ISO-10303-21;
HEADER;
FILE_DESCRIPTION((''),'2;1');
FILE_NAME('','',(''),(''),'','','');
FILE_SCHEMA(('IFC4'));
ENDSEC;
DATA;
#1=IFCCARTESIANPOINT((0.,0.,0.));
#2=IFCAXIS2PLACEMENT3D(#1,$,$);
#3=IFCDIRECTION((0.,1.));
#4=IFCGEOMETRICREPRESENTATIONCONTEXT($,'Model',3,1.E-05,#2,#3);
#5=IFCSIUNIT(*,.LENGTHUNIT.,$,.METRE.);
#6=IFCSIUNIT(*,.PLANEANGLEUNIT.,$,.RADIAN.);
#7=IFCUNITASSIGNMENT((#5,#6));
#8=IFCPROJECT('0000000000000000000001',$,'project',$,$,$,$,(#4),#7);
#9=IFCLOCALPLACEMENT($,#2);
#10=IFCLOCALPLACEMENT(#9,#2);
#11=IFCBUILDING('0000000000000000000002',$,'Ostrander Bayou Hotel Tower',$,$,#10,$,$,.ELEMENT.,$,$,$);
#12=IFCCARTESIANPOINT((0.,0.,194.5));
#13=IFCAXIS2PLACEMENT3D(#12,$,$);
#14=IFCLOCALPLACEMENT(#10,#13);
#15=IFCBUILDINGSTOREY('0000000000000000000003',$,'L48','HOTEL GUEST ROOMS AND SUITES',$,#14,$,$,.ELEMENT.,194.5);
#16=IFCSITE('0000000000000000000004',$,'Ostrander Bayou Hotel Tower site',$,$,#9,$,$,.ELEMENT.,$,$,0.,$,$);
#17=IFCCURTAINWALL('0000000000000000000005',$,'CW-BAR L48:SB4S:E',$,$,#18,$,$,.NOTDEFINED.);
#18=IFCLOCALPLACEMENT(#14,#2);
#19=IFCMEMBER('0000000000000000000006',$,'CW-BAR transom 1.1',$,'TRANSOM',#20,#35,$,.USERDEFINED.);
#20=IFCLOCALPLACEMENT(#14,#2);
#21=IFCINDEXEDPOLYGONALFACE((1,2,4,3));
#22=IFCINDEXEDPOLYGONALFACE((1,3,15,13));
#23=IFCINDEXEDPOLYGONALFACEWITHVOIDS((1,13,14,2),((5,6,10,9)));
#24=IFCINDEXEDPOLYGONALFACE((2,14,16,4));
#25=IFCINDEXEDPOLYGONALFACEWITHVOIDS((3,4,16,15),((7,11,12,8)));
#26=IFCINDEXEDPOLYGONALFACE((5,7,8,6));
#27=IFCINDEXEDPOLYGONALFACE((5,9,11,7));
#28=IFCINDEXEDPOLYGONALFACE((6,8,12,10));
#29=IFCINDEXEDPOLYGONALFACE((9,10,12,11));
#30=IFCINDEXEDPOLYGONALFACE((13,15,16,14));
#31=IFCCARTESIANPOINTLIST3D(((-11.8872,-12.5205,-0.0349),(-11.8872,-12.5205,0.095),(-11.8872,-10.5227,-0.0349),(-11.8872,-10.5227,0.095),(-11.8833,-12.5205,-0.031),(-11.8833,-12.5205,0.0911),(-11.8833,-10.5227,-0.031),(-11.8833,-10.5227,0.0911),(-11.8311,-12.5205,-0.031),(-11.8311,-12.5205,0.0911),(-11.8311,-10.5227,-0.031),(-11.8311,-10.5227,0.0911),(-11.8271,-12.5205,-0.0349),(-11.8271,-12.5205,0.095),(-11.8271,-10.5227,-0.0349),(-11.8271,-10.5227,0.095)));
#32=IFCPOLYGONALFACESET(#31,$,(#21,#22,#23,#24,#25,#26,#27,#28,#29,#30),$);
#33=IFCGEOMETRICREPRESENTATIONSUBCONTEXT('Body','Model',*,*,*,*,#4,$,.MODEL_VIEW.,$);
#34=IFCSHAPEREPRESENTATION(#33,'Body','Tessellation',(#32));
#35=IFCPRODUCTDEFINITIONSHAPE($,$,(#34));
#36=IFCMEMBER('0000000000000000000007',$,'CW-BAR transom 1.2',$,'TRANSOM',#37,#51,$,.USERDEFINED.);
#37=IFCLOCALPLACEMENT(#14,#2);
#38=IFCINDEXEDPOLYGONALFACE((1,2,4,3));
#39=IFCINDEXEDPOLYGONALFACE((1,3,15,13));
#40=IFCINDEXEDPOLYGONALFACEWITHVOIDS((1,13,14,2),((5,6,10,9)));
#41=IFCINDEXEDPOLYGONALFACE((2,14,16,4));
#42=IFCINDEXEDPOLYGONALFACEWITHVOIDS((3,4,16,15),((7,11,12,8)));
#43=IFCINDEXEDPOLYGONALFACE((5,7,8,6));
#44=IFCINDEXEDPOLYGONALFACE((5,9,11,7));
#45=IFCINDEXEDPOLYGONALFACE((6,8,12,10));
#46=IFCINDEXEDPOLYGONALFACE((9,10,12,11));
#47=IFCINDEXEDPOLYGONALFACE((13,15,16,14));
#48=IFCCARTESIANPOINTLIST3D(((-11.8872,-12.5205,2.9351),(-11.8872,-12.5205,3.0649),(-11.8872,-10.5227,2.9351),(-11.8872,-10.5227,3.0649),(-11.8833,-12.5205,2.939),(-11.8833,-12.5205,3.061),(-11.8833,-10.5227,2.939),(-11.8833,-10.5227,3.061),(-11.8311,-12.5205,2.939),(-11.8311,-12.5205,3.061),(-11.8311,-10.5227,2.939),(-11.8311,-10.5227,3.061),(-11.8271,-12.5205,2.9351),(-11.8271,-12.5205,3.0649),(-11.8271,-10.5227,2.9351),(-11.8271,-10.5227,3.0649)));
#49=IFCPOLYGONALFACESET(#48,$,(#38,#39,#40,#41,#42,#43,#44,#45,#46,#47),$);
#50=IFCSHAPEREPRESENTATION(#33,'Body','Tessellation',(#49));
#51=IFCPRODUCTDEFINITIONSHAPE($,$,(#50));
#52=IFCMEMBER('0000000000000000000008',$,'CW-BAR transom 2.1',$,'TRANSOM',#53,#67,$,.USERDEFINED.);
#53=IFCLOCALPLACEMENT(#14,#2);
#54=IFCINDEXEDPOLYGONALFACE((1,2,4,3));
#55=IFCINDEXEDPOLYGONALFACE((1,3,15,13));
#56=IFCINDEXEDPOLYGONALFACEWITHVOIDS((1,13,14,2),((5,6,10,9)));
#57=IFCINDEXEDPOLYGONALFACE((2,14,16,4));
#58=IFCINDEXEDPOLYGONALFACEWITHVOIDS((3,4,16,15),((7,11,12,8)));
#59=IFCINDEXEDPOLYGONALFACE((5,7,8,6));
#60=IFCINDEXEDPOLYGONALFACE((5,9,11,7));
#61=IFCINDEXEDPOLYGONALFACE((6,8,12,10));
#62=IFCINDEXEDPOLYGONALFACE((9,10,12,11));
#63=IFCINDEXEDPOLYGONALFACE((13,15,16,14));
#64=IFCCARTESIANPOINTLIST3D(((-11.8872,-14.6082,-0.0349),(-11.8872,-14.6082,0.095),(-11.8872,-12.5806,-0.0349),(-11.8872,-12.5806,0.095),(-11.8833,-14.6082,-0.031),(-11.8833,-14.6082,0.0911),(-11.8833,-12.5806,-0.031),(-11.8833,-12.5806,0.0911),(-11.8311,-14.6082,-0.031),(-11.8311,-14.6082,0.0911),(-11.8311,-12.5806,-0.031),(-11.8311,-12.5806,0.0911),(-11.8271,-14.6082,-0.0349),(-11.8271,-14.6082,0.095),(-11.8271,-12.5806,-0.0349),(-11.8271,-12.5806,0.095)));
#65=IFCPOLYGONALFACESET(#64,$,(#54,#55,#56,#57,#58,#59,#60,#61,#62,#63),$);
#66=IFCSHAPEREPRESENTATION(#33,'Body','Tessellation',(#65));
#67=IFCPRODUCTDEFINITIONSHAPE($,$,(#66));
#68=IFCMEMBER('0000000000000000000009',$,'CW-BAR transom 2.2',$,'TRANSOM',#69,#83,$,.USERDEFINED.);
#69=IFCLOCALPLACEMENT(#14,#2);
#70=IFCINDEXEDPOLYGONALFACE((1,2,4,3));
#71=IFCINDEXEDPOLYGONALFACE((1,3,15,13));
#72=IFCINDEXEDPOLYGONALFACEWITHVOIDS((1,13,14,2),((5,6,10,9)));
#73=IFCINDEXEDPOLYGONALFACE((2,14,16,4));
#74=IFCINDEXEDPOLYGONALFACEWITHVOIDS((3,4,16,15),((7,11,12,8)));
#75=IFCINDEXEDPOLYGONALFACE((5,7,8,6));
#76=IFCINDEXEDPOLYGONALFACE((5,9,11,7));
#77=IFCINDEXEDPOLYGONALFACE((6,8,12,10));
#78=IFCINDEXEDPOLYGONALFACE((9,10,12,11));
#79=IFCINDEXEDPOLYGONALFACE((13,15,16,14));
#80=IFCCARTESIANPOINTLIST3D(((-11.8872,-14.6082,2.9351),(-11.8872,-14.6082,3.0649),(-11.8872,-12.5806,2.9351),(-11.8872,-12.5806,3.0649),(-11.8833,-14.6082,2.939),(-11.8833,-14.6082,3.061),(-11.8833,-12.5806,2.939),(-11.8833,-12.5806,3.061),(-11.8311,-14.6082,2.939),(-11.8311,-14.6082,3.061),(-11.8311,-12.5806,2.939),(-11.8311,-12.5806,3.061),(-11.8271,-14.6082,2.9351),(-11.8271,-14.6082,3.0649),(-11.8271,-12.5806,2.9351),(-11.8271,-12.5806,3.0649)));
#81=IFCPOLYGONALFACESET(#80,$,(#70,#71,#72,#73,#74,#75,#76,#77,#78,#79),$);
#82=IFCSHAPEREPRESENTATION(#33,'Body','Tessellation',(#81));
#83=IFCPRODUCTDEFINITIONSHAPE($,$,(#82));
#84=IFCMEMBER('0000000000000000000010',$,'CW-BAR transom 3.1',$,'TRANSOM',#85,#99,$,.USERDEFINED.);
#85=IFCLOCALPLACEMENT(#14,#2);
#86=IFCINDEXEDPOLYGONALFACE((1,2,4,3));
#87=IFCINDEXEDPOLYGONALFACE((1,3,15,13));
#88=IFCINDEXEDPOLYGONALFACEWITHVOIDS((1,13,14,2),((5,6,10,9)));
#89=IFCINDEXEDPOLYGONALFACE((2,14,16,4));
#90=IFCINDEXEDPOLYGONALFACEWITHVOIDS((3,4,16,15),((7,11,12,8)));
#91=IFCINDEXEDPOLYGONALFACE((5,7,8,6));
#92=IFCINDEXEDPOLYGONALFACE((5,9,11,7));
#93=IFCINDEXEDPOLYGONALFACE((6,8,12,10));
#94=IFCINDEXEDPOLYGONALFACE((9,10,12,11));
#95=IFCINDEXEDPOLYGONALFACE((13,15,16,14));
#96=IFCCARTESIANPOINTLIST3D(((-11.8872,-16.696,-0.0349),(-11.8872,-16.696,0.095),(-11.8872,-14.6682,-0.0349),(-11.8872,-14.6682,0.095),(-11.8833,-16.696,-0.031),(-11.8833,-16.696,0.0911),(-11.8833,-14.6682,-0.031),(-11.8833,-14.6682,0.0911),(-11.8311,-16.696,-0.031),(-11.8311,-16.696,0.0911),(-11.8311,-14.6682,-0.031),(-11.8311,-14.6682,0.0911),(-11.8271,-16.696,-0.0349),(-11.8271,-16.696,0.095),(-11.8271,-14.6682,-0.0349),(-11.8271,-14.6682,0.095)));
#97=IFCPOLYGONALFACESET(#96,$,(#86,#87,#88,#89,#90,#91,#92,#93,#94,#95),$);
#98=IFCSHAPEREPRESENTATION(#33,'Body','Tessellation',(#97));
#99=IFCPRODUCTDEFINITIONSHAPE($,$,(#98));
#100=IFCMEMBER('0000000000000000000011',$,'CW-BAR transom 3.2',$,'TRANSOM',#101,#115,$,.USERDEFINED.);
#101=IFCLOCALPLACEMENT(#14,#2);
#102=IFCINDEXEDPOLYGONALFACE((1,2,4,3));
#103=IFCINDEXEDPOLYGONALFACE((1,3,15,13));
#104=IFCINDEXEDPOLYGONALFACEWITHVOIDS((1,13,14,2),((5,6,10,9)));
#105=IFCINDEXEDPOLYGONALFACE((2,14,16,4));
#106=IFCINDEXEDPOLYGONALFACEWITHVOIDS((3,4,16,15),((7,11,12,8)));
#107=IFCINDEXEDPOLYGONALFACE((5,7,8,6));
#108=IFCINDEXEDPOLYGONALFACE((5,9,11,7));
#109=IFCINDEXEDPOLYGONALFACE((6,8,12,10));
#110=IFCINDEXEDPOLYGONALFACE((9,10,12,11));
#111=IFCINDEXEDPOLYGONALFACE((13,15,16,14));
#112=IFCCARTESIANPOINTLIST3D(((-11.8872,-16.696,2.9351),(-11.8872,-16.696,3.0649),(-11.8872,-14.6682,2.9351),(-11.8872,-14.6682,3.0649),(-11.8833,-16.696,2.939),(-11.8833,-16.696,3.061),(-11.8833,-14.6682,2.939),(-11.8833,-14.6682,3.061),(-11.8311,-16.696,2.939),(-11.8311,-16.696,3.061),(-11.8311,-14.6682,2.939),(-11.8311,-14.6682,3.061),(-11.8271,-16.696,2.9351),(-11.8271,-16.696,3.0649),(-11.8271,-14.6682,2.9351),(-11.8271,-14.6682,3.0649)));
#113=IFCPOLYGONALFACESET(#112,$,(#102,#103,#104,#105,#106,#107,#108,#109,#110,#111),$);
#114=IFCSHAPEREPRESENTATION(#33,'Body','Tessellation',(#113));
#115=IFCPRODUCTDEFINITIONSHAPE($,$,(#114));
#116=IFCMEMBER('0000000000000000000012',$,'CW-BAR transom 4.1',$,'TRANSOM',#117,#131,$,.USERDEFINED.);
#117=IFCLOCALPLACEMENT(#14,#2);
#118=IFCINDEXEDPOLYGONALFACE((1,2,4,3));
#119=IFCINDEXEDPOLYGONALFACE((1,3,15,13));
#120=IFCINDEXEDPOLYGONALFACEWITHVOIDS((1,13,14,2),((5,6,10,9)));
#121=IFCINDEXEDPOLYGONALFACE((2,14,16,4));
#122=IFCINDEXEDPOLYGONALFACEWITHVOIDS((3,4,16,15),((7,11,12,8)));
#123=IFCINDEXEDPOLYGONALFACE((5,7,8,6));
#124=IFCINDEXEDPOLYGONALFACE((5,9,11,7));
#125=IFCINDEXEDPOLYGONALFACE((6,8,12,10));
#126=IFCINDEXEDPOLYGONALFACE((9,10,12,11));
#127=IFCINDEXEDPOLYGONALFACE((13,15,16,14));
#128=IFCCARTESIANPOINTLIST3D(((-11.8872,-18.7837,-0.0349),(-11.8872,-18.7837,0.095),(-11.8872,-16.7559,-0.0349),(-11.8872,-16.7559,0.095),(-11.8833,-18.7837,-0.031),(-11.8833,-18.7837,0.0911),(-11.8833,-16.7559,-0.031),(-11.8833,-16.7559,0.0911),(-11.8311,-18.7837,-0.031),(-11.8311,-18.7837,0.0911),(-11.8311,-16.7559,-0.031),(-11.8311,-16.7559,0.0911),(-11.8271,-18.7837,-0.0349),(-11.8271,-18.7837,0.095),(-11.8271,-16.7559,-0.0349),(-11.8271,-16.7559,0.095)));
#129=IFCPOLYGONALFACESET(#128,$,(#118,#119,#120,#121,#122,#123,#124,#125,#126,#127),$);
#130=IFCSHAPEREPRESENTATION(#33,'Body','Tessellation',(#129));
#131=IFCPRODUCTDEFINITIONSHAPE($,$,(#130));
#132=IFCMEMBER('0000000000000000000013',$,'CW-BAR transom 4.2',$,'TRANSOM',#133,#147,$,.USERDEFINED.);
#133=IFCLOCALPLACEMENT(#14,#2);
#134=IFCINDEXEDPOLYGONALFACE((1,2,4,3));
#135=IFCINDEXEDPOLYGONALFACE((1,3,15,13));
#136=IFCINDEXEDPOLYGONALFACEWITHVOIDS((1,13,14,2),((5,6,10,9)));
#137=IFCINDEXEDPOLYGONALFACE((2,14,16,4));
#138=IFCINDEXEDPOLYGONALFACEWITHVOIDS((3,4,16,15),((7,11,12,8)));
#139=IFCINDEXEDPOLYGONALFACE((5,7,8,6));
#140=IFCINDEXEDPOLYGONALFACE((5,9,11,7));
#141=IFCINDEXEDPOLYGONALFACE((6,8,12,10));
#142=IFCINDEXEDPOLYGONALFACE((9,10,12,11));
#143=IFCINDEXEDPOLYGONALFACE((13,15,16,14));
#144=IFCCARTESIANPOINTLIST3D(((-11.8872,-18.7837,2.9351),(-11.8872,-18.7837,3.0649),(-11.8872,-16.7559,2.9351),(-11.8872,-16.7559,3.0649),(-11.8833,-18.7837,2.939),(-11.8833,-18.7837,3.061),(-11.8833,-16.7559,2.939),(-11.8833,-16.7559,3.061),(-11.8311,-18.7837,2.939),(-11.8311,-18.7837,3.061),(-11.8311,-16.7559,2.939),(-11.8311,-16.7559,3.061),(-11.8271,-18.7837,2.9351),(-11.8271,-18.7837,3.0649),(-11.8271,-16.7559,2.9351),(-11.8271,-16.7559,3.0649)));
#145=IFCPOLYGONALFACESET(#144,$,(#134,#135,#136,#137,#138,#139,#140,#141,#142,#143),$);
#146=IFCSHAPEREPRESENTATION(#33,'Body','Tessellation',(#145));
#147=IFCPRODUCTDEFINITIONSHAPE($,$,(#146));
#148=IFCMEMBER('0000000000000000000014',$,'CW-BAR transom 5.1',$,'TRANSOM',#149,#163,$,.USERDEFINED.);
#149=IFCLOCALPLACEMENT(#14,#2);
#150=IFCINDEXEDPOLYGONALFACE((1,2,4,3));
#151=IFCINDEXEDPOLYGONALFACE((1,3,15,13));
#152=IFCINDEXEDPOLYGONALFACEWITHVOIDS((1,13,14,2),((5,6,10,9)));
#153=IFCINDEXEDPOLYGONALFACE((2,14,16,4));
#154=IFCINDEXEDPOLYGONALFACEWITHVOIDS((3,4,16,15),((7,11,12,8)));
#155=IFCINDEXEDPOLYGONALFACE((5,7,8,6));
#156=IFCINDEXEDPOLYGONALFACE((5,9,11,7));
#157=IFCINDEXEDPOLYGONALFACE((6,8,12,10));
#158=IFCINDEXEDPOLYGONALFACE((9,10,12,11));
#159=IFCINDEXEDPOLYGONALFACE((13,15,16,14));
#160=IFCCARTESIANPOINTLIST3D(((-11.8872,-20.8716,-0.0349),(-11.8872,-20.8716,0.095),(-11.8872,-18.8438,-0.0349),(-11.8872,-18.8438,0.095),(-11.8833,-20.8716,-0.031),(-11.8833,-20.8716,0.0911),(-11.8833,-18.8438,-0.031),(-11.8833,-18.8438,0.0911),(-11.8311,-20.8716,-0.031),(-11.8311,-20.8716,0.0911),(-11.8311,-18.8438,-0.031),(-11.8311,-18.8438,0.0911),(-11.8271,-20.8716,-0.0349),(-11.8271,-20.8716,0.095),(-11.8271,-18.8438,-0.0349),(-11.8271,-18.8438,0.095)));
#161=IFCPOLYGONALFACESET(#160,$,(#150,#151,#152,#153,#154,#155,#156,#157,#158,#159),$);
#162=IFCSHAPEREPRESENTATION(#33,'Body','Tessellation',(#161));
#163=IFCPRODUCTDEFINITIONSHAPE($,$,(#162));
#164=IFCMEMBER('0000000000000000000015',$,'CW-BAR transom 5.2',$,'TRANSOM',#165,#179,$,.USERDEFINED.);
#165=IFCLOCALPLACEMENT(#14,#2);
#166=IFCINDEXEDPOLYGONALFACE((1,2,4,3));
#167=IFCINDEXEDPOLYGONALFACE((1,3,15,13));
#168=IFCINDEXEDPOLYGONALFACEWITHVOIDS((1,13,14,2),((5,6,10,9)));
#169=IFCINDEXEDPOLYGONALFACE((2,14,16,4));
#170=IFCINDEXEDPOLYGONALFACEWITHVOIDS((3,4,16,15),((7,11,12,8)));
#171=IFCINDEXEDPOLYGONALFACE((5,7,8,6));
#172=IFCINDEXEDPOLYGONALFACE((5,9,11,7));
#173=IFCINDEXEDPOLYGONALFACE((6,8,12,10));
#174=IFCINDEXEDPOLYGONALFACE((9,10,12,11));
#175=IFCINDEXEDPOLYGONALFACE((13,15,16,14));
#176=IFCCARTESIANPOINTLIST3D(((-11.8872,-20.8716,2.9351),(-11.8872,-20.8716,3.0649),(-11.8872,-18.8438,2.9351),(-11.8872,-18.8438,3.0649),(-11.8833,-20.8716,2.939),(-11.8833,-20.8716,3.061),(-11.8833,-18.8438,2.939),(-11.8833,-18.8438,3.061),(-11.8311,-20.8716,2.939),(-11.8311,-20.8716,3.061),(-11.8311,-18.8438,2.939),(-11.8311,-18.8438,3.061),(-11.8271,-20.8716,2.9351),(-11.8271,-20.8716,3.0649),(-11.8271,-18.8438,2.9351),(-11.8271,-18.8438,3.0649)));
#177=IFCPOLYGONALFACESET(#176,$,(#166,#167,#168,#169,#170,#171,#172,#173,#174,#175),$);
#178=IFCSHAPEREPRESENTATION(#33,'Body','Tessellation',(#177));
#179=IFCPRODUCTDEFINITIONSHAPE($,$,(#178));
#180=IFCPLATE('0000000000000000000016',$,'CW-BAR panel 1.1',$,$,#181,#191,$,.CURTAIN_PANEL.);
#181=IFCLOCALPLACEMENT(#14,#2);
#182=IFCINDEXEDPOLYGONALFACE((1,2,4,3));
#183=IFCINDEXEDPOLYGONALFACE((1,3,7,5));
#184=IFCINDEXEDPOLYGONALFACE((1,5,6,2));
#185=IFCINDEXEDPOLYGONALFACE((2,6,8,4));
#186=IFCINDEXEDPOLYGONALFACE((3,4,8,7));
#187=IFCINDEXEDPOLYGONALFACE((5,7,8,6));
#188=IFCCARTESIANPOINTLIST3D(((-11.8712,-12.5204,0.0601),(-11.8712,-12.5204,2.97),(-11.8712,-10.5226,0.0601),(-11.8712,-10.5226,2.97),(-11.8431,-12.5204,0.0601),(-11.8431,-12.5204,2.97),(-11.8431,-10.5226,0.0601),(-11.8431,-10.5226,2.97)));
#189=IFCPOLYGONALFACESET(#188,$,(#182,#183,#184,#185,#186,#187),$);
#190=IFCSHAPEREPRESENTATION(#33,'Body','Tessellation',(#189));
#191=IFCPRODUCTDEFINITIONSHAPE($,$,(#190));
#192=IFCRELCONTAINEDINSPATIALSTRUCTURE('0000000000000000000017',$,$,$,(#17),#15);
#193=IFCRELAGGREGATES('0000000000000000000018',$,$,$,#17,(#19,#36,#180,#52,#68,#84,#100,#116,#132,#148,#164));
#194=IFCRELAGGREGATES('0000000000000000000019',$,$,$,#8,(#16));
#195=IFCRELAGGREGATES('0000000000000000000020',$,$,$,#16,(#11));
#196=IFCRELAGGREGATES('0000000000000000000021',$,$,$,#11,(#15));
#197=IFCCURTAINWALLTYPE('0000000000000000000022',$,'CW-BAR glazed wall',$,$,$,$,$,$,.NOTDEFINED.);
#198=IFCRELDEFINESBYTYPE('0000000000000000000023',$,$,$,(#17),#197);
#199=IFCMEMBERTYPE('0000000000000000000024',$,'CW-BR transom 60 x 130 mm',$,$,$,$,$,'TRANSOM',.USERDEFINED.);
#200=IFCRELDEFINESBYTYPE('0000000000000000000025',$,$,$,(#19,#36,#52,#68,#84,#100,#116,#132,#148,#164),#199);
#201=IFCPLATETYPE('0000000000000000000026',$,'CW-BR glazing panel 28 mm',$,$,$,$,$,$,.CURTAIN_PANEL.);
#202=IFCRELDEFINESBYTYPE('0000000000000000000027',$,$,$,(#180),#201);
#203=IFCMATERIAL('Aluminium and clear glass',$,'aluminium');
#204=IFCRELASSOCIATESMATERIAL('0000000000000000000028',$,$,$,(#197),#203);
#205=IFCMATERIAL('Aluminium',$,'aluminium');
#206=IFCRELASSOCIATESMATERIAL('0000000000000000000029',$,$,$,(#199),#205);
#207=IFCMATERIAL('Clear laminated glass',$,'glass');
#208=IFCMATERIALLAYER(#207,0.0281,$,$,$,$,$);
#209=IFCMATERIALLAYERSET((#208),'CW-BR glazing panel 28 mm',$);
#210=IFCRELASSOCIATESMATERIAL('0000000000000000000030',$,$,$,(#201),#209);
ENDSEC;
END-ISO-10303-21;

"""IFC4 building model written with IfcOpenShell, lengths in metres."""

from ifc_helpers import new_model, si_unit, direction, frame, origin, origin_2d, place, context, subcontext, project, spatial, rectangle, hollow_rectangle, extrude, material, layer, layer_set, material_profile, profile_set, type_object, element, aggregate, save


model = new_model("IFC4")

# Units and contexts
model_context = context("Model", 3, precision=1e-05, world=origin(), true_north=direction((0.0, 1.0)))
body_context = subcontext(model_context, "Body", "Model", "MODEL_VIEW")
ifc_project = project(units=[si_unit("LENGTHUNIT", "METRE"), si_unit("PLANEANGLEUNIT", "RADIAN")], contexts=[model_context])

# Site, building, storey
site_placement = place(None, origin())
site = spatial("IfcSite", under=ifc_project, at=site_placement, Name="Ostrander Bayou Hotel Tower site", CompositionType="ELEMENT", RefElevation=0.0)
building_placement = place(site_placement, origin())
building = spatial("IfcBuilding", under=site, at=building_placement, Name="Ostrander Bayou Hotel Tower", CompositionType="ELEMENT")
storey_placement = place(building_placement, frame((0.0, 0.0, 194.5)))
storey = spatial("IfcBuildingStorey", under=building, at=storey_placement, Name="L48", Description="HOTEL GUEST ROOMS AND SUITES", CompositionType="ELEMENT", Elevation=194.5)

# Curtain wall, members, plate
ifc_material_1 = material(Name="Aluminium and clear glass", Category="aluminium")
curtain_wall_type = type_object("IfcCurtainWallType", Name="CW-BAR glazed wall", PredefinedType="NOTDEFINED", material=ifc_material_1)
curtain_wall_placement = place(storey_placement, origin())
curtain_wall = element("IfcCurtainWall", 1, at=curtain_wall_placement, inside=storey, type_object=curtain_wall_type, Name="CW-BAR L48:SB4S:E", PredefinedType="NOTDEFINED")
ifc_material_2 = material(Name="Aluminium", Category="aluminium")
ifc_material_profile = material_profile(ifc_material_2, hollow_rectangle(XDim=0.0601, YDim=0.1299, WallThickness=0.0039, at=origin_2d()))
ifc_profile_set = profile_set([ifc_material_profile], Name="Aluminium")
member_type = type_object("IfcMemberType", Name="CW-BR transom 60 x 130 mm", ElementType="TRANSOM", PredefinedType="USERDEFINED", material=ifc_profile_set)
member_1_placement = place(storey_placement, frame((-11.8572, -10.5227, 0.03), z_axis=(0.0, -1.0, 0.0), x_axis=(1.0, 0.0, 0.0)))
member_1 = element("IfcMember", 2, at=member_1_placement, type_object=member_type, Name="CW-BAR transom 1.1", ObjectType="TRANSOM", PredefinedType="USERDEFINED", context=body_context, shape_type="SweptSolid", body=[
    extrude(hollow_rectangle(XDim=0.0601, YDim=0.1299, WallThickness=0.0039, at=origin_2d()), origin(), (0.0, 0.0, 1.0), 1.9978),
])
member_2_placement = place(storey_placement, frame((-11.8572, -10.5227, 3.0), z_axis=(0.0, -1.0, 0.0), x_axis=(1.0, 0.0, 0.0)))
member_2 = element("IfcMember", 3, at=member_2_placement, type_object=member_type, Name="CW-BAR transom 1.2", ObjectType="TRANSOM", PredefinedType="USERDEFINED", context=body_context, shape_type="SweptSolid", body=[
    extrude(hollow_rectangle(XDim=0.0601, YDim=0.1299, WallThickness=0.0039, at=origin_2d()), origin(), (0.0, 0.0, 1.0), 1.9978),
])
member_3_placement = place(storey_placement, frame((-11.8572, -12.5806, 0.03), z_axis=(0.0, -1.0, 0.0), x_axis=(1.0, 0.0, 0.0)))
member_3 = element("IfcMember", 4, at=member_3_placement, type_object=member_type, Name="CW-BAR transom 2.1", ObjectType="TRANSOM", PredefinedType="USERDEFINED", context=body_context, shape_type="SweptSolid", body=[
    extrude(hollow_rectangle(XDim=0.0601, YDim=0.1299, WallThickness=0.0039, at=origin_2d()), origin(), (0.0, 0.0, 1.0), 2.0276),
])
member_4_placement = place(storey_placement, frame((-11.8572, -12.5806, 3.0), z_axis=(0.0, -1.0, 0.0), x_axis=(1.0, 0.0, 0.0)))
member_4 = element("IfcMember", 5, at=member_4_placement, type_object=member_type, Name="CW-BAR transom 2.2", ObjectType="TRANSOM", PredefinedType="USERDEFINED", context=body_context, shape_type="SweptSolid", body=[
    extrude(hollow_rectangle(XDim=0.0601, YDim=0.1299, WallThickness=0.0039, at=origin_2d()), origin(), (0.0, 0.0, 1.0), 2.0276),
])
member_5_placement = place(storey_placement, frame((-11.8572, -14.6682, 0.03), z_axis=(0.0, -1.0, 0.0), x_axis=(1.0, 0.0, 0.0)))
member_5 = element("IfcMember", 6, at=member_5_placement, type_object=member_type, Name="CW-BAR transom 3.1", ObjectType="TRANSOM", PredefinedType="USERDEFINED", context=body_context, shape_type="SweptSolid", body=[
    extrude(hollow_rectangle(XDim=0.0601, YDim=0.1299, WallThickness=0.0039, at=origin_2d()), origin(), (0.0, 0.0, 1.0), 2.0278),
])
member_6_placement = place(storey_placement, frame((-11.8572, -14.6682, 3.0), z_axis=(0.0, -1.0, 0.0), x_axis=(1.0, 0.0, 0.0)))
member_6 = element("IfcMember", 7, at=member_6_placement, type_object=member_type, Name="CW-BAR transom 3.2", ObjectType="TRANSOM", PredefinedType="USERDEFINED", context=body_context, shape_type="SweptSolid", body=[
    extrude(hollow_rectangle(XDim=0.0601, YDim=0.1299, WallThickness=0.0039, at=origin_2d()), origin(), (0.0, 0.0, 1.0), 2.0278),
])
member_7_placement = place(storey_placement, frame((-11.8572, -16.7559, 0.03), z_axis=(0.0, -1.0, 0.0), x_axis=(1.0, 0.0, 0.0)))
member_7 = element("IfcMember", 8, at=member_7_placement, type_object=member_type, Name="CW-BAR transom 4.1", ObjectType="TRANSOM", PredefinedType="USERDEFINED", context=body_context, shape_type="SweptSolid", body=[
    extrude(hollow_rectangle(XDim=0.0601, YDim=0.1299, WallThickness=0.0039, at=origin_2d()), origin(), (0.0, 0.0, 1.0), 2.0278),
])
member_8_placement = place(storey_placement, frame((-11.8572, -16.7559, 3.0), z_axis=(0.0, -1.0, 0.0), x_axis=(1.0, 0.0, 0.0)))
member_8 = element("IfcMember", 9, at=member_8_placement, type_object=member_type, Name="CW-BAR transom 4.2", ObjectType="TRANSOM", PredefinedType="USERDEFINED", context=body_context, shape_type="SweptSolid", body=[
    extrude(hollow_rectangle(XDim=0.0601, YDim=0.1299, WallThickness=0.0039, at=origin_2d()), origin(), (0.0, 0.0, 1.0), 2.0278),
])
member_9_placement = place(storey_placement, frame((-11.8572, -18.8438, 0.03), z_axis=(0.0, -1.0, 0.0), x_axis=(1.0, 0.0, 0.0)))
member_9 = element("IfcMember", 10, at=member_9_placement, type_object=member_type, Name="CW-BAR transom 5.1", ObjectType="TRANSOM", PredefinedType="USERDEFINED", context=body_context, shape_type="SweptSolid", body=[
    extrude(hollow_rectangle(XDim=0.0601, YDim=0.1299, WallThickness=0.0039, at=origin_2d()), origin(), (0.0, 0.0, 1.0), 2.0278),
])
member_10_placement = place(storey_placement, frame((-11.8572, -18.8438, 3.0), z_axis=(0.0, -1.0, 0.0), x_axis=(1.0, 0.0, 0.0)))
member_10 = element("IfcMember", 11, at=member_10_placement, type_object=member_type, Name="CW-BAR transom 5.2", ObjectType="TRANSOM", PredefinedType="USERDEFINED", context=body_context, shape_type="SweptSolid", body=[
    extrude(hollow_rectangle(XDim=0.0601, YDim=0.1299, WallThickness=0.0039, at=origin_2d()), origin(), (0.0, 0.0, 1.0), 2.0278),
])
ifc_material_3 = material(Name="Clear laminated glass", Category="glass")
ifc_layer_1 = layer(ifc_material_3, 0.0281)
ifc_layer_set_1 = layer_set([ifc_layer_1], Name="CW-BR glazing panel 28 mm")
plate_type = type_object("IfcPlateType", Name="CW-BR glazing panel 28 mm", PredefinedType="CURTAIN_PANEL", material=ifc_layer_set_1)
plate_1_placement = place(storey_placement, frame((-11.8572, -11.5215, 0.0601), z_axis=(0.0, 0.0, 1.0), x_axis=(0.0, -1.0, 0.0)))
plate_1 = element("IfcPlate", 12, at=plate_1_placement, type_object=plate_type, Name="CW-BAR panel 1.1", PredefinedType="CURTAIN_PANEL", context=body_context, shape_type="SweptSolid", body=[
    extrude(rectangle(XDim=1.9978, YDim=0.0281, at=origin_2d()), origin(), (0.0, 0.0, 1.0), 2.9099),
])
aggregate(curtain_wall, [member_1, member_2, plate_1, member_3, member_4, member_5, member_6, member_7, member_8, member_9, member_10])

save(model, "model.ifc")
